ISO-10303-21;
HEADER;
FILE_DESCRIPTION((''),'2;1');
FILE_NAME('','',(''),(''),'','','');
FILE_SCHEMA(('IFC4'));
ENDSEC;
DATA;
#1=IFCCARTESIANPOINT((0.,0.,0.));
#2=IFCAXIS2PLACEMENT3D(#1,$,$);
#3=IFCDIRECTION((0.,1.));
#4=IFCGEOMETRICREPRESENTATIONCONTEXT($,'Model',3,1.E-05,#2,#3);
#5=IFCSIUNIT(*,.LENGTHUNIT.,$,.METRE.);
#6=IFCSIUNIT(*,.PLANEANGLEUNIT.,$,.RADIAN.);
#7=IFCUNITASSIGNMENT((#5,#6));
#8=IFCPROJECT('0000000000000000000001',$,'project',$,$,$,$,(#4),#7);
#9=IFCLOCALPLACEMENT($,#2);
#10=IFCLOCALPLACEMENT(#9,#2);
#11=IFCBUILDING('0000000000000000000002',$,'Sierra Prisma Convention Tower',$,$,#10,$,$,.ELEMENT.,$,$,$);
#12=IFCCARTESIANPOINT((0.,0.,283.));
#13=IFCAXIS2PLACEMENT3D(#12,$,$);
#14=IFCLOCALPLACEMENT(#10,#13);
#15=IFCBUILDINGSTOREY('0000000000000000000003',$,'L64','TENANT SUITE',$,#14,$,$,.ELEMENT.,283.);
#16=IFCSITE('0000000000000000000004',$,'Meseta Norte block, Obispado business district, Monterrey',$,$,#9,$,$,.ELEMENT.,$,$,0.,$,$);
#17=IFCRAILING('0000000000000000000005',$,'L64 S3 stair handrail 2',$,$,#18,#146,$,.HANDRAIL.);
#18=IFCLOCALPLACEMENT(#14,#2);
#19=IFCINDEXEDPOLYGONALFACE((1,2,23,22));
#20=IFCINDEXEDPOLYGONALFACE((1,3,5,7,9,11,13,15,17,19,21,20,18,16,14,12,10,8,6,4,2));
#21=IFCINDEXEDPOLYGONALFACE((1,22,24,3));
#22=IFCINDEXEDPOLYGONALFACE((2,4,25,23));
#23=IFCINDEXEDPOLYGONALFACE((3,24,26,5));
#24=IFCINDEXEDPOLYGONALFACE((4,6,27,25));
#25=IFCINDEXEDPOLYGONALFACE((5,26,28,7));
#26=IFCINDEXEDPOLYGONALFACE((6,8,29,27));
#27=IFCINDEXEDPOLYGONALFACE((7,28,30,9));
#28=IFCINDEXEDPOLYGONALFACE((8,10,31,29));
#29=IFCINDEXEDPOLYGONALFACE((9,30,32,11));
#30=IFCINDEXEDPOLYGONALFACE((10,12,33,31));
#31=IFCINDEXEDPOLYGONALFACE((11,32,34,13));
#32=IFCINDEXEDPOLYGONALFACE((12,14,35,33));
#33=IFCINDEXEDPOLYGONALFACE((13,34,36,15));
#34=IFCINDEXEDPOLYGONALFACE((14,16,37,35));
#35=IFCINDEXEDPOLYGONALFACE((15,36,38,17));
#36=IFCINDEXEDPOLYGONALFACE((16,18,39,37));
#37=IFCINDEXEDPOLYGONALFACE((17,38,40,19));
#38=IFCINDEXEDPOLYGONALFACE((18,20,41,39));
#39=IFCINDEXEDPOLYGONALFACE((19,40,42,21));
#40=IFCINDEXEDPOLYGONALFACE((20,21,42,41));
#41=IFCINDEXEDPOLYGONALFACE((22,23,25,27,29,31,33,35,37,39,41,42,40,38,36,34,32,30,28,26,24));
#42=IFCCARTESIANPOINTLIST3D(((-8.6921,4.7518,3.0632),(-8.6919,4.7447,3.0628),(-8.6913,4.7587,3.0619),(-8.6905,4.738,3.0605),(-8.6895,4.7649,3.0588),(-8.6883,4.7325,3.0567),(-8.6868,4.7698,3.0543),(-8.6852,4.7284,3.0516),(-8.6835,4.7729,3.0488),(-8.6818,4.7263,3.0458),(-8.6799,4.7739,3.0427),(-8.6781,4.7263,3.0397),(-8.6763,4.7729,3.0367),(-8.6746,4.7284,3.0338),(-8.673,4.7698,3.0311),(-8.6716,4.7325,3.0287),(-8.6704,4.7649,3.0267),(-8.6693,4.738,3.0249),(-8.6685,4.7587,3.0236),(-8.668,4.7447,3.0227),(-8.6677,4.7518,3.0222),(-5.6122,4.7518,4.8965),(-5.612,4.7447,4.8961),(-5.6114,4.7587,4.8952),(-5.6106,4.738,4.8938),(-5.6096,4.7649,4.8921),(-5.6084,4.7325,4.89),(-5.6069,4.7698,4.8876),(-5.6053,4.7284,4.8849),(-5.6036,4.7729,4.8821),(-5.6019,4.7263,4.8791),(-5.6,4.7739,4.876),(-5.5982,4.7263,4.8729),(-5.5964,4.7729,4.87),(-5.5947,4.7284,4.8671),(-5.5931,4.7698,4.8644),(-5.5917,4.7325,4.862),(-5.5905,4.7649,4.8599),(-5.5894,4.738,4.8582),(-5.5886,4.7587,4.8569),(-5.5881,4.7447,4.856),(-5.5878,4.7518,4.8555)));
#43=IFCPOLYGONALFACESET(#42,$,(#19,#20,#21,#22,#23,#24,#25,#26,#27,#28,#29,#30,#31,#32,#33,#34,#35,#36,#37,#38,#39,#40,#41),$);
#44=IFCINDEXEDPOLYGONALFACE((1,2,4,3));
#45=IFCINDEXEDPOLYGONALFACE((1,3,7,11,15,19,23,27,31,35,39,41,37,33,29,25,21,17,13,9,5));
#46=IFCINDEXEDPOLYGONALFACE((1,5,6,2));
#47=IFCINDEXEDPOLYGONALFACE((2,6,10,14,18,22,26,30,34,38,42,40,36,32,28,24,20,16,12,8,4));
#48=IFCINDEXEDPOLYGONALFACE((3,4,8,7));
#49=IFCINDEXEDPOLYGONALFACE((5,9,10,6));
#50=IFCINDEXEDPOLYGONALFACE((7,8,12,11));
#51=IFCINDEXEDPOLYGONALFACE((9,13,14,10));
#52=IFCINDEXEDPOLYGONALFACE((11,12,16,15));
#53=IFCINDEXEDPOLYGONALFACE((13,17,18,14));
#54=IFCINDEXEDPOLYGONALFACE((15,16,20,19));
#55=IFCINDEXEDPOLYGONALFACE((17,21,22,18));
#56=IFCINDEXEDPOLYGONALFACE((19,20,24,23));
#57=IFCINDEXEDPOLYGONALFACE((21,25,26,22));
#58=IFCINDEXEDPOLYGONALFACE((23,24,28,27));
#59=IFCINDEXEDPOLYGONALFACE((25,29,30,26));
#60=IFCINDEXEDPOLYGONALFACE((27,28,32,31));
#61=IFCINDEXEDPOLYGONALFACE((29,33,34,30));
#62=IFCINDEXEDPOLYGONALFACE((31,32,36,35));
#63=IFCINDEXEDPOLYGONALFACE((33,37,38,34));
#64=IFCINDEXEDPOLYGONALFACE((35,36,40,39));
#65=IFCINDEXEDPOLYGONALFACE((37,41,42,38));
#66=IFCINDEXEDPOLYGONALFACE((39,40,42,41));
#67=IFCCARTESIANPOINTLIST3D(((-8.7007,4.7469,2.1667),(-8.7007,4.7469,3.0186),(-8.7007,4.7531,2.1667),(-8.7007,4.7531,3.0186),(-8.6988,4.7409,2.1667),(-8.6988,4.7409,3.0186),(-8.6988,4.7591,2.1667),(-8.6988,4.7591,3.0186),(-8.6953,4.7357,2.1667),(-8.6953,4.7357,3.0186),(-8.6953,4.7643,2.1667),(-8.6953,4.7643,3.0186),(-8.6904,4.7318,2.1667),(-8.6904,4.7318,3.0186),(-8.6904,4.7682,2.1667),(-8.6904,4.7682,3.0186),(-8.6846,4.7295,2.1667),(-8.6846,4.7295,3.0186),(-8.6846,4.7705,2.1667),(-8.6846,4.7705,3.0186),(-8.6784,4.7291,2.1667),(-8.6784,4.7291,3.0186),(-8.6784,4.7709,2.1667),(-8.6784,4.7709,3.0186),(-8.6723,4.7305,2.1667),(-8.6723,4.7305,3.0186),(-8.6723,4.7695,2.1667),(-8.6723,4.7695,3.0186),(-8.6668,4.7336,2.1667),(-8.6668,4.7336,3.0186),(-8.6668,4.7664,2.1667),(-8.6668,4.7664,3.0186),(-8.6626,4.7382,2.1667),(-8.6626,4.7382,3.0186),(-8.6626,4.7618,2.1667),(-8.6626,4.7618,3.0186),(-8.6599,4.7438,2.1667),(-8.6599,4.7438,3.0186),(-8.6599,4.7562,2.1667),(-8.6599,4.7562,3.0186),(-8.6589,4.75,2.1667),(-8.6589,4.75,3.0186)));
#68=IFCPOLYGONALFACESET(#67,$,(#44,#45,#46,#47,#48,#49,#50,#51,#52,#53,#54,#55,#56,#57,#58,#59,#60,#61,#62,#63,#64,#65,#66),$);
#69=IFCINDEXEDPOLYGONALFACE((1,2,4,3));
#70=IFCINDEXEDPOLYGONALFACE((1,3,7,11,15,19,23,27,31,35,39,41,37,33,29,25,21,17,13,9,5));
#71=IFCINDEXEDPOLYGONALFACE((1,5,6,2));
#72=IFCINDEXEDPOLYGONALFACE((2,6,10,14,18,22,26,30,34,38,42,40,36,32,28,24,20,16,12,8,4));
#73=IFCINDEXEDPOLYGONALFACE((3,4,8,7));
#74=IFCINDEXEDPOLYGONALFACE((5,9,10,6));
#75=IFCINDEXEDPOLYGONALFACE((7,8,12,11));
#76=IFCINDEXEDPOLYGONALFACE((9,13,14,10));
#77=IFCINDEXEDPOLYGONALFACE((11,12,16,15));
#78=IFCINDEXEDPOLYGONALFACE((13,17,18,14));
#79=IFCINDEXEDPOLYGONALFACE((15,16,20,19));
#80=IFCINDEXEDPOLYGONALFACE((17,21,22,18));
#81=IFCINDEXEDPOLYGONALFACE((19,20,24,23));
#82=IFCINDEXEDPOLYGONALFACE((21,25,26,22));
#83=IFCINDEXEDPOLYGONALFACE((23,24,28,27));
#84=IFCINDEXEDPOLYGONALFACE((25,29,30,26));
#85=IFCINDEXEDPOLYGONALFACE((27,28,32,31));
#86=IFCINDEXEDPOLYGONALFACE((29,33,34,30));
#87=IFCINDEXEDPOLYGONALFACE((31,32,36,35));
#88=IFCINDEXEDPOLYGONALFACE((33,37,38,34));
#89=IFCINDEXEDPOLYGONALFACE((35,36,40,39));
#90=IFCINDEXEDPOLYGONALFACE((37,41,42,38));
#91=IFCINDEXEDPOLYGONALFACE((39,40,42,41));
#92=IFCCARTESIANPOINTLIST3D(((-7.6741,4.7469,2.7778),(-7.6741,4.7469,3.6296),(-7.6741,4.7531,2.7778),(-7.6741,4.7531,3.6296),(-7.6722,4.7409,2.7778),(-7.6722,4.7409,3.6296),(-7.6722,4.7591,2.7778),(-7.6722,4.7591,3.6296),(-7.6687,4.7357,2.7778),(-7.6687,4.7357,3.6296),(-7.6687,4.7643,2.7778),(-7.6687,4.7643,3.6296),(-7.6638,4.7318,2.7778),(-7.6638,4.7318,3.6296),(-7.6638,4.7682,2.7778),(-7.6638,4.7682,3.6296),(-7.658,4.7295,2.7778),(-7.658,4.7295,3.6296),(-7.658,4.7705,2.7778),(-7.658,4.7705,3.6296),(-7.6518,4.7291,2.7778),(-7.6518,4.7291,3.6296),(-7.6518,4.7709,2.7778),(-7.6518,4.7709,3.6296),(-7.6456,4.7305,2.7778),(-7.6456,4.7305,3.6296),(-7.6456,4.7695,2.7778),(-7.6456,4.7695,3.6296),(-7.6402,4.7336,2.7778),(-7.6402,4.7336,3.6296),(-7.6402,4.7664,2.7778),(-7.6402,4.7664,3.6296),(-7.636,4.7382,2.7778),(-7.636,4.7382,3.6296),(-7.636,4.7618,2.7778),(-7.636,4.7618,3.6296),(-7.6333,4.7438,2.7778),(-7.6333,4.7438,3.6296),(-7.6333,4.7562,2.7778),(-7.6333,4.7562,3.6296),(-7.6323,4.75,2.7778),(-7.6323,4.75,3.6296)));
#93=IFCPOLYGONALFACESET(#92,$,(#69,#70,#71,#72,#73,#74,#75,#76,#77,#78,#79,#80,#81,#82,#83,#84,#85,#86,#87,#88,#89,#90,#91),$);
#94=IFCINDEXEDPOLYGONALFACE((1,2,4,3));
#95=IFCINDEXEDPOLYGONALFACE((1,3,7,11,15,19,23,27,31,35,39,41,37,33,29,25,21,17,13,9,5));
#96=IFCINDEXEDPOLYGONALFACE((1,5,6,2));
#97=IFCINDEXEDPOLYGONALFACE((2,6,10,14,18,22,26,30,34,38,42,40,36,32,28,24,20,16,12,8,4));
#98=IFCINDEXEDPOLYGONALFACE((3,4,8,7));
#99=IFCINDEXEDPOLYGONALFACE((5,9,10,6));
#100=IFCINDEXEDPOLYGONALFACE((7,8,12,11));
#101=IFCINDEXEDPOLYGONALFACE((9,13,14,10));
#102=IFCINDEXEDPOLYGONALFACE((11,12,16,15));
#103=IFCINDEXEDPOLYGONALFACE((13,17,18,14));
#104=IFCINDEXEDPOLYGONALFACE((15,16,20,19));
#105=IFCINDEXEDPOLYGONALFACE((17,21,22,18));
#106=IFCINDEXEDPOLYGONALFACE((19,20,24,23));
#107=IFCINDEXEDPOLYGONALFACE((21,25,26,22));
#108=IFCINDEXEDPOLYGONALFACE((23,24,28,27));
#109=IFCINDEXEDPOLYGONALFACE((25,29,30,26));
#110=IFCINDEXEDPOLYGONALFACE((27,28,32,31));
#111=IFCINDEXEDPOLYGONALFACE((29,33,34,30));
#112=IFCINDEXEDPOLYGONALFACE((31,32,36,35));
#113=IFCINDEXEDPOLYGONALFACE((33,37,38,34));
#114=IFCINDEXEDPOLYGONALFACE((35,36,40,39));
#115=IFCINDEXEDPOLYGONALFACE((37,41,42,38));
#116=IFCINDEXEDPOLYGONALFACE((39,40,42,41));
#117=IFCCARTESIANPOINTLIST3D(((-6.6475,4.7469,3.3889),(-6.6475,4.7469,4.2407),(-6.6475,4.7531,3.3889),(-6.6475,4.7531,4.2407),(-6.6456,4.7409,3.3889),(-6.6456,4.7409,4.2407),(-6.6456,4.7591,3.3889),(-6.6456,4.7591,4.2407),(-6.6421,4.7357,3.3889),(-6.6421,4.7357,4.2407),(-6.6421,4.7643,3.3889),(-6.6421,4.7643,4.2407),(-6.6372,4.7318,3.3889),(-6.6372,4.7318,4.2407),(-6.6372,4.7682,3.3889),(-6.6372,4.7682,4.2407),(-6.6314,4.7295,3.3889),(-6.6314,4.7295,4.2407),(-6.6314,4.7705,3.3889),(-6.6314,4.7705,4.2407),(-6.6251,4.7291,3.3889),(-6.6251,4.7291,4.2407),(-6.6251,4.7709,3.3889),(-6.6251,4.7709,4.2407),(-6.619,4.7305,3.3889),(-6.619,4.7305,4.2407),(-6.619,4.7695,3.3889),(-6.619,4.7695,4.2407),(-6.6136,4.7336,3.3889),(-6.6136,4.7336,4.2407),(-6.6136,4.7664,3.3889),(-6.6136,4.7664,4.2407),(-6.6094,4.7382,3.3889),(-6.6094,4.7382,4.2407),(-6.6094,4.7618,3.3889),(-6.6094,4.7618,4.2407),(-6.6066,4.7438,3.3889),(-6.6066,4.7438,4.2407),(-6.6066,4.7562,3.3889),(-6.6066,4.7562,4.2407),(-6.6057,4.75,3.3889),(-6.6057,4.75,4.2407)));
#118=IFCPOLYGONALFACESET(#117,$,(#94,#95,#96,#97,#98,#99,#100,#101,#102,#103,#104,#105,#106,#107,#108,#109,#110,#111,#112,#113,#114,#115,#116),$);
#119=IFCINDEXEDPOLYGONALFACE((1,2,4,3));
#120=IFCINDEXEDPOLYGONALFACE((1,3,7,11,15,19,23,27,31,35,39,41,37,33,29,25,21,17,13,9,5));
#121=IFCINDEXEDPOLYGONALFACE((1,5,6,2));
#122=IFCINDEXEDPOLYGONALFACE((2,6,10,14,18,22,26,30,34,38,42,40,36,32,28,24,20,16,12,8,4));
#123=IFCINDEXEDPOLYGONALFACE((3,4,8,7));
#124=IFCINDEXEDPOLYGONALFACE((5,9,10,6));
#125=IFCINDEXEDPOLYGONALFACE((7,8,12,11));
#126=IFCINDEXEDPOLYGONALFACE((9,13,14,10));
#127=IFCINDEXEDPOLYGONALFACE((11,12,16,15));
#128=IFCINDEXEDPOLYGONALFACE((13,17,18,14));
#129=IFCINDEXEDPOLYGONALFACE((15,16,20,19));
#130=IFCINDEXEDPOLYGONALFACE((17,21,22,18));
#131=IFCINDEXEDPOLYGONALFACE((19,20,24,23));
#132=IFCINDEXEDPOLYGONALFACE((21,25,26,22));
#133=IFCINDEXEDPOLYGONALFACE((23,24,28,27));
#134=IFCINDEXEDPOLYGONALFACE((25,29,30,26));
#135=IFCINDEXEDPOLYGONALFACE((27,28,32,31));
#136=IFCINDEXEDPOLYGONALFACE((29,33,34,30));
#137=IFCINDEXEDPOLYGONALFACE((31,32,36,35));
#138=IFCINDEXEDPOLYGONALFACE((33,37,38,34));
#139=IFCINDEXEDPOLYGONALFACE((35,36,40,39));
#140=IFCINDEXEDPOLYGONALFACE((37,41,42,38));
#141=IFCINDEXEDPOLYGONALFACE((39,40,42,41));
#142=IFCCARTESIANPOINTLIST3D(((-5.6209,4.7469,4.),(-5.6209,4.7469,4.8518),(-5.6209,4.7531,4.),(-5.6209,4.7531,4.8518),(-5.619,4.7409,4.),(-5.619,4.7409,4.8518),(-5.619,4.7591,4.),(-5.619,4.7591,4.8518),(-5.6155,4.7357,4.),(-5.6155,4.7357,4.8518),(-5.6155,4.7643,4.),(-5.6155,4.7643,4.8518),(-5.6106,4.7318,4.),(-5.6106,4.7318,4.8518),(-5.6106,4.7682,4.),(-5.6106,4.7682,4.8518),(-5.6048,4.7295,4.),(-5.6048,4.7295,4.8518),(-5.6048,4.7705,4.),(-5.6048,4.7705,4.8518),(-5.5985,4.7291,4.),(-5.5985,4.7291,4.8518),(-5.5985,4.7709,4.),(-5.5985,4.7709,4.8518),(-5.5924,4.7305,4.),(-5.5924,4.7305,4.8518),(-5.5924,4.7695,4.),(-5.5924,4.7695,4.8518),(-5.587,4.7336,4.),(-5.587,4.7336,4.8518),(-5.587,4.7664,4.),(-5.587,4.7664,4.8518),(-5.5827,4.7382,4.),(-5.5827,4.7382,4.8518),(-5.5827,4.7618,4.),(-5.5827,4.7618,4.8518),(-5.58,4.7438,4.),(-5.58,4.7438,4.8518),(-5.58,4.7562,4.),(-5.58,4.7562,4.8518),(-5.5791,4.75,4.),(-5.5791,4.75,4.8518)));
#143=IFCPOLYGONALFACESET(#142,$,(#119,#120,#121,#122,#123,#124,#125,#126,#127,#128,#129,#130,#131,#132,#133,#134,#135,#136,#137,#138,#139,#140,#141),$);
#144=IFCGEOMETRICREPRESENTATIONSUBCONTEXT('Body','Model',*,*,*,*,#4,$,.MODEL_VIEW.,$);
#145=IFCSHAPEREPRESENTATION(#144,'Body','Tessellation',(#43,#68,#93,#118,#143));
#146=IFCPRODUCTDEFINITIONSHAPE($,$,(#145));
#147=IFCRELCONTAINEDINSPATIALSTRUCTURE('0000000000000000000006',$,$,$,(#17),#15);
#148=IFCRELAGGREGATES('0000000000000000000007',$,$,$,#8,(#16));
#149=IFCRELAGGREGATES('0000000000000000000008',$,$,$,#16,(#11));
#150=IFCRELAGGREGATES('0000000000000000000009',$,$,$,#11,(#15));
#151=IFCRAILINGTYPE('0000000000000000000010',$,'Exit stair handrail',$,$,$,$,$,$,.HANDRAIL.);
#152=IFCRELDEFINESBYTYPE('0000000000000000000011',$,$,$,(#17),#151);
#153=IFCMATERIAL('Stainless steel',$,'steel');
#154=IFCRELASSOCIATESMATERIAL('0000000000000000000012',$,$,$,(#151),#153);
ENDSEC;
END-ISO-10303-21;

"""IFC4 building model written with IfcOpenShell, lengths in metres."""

from ifc_helpers import new_model, si_unit, direction, frame, origin, origin_2d, place, context, subcontext, project, spatial, circle, extrude, material, type_object, element, save


model = new_model("IFC4")

# Units and contexts
model_context = context("Model", 3, precision=1e-05, world=origin(), true_north=direction((0.0, 1.0)))
body_context = subcontext(model_context, "Body", "Model", "MODEL_VIEW")
ifc_project = project(units=[si_unit("LENGTHUNIT", "METRE"), si_unit("PLANEANGLEUNIT", "RADIAN")], contexts=[model_context])

# Site, building, storey
site_placement = place(None, origin())
site = spatial("IfcSite", under=ifc_project, at=site_placement, Name="Meseta Norte block, Obispado business district, Monterrey", CompositionType="ELEMENT", RefElevation=0.0)
building_placement = place(site_placement, origin())
building = spatial("IfcBuilding", under=site, at=building_placement, Name="Sierra Prisma Convention Tower", CompositionType="ELEMENT")
storey_placement = place(building_placement, frame((0.0, 0.0, 283.0)))
storey = spatial("IfcBuildingStorey", under=building, at=storey_placement, Name="L64", Description="TENANT SUITE", CompositionType="ELEMENT", Elevation=283.0)

# Railing
ifc_material_1 = material(Name="Stainless steel", Category="steel")
railing_type_1 = type_object("IfcRailingType", Name="Exit stair handrail", PredefinedType="HANDRAIL", material=ifc_material_1)
railing_1_placement = place(storey_placement, frame((-8.6799, 4.75, 2.1667)))
element("IfcRailing", 1, at=railing_1_placement, inside=storey, type_object=railing_type_1, Name="L64 S3 stair handrail 2", PredefinedType="HANDRAIL", context=body_context, shape_type="SweptSolid", body=[
    extrude(circle(Radius=0.0239, at=origin_2d()), frame((0.0, 0.0, 0.876), z_axis=(0.859291, 0.0, 0.511487), x_axis=(0.0, 1.0, 0.0)), (0.0, 0.0, 1.0), 3.5842),
    extrude(circle(Radius=0.021, at=origin_2d()), origin(), (0.0, 0.0, 1.0), 0.8518),
    extrude(circle(Radius=0.021, at=origin_2d()), frame((1.0266, 0.0, 0.6111)), (0.0, 0.0, 1.0), 0.8518),
    extrude(circle(Radius=0.021, at=origin_2d()), frame((2.0532, 0.0, 1.2222)), (0.0, 0.0, 1.0), 0.8518),
    extrude(circle(Radius=0.021, at=origin_2d()), frame((3.0798, 0.0, 1.8333)), (0.0, 0.0, 1.0), 0.8518),
])

save(model, "model.ifc")
